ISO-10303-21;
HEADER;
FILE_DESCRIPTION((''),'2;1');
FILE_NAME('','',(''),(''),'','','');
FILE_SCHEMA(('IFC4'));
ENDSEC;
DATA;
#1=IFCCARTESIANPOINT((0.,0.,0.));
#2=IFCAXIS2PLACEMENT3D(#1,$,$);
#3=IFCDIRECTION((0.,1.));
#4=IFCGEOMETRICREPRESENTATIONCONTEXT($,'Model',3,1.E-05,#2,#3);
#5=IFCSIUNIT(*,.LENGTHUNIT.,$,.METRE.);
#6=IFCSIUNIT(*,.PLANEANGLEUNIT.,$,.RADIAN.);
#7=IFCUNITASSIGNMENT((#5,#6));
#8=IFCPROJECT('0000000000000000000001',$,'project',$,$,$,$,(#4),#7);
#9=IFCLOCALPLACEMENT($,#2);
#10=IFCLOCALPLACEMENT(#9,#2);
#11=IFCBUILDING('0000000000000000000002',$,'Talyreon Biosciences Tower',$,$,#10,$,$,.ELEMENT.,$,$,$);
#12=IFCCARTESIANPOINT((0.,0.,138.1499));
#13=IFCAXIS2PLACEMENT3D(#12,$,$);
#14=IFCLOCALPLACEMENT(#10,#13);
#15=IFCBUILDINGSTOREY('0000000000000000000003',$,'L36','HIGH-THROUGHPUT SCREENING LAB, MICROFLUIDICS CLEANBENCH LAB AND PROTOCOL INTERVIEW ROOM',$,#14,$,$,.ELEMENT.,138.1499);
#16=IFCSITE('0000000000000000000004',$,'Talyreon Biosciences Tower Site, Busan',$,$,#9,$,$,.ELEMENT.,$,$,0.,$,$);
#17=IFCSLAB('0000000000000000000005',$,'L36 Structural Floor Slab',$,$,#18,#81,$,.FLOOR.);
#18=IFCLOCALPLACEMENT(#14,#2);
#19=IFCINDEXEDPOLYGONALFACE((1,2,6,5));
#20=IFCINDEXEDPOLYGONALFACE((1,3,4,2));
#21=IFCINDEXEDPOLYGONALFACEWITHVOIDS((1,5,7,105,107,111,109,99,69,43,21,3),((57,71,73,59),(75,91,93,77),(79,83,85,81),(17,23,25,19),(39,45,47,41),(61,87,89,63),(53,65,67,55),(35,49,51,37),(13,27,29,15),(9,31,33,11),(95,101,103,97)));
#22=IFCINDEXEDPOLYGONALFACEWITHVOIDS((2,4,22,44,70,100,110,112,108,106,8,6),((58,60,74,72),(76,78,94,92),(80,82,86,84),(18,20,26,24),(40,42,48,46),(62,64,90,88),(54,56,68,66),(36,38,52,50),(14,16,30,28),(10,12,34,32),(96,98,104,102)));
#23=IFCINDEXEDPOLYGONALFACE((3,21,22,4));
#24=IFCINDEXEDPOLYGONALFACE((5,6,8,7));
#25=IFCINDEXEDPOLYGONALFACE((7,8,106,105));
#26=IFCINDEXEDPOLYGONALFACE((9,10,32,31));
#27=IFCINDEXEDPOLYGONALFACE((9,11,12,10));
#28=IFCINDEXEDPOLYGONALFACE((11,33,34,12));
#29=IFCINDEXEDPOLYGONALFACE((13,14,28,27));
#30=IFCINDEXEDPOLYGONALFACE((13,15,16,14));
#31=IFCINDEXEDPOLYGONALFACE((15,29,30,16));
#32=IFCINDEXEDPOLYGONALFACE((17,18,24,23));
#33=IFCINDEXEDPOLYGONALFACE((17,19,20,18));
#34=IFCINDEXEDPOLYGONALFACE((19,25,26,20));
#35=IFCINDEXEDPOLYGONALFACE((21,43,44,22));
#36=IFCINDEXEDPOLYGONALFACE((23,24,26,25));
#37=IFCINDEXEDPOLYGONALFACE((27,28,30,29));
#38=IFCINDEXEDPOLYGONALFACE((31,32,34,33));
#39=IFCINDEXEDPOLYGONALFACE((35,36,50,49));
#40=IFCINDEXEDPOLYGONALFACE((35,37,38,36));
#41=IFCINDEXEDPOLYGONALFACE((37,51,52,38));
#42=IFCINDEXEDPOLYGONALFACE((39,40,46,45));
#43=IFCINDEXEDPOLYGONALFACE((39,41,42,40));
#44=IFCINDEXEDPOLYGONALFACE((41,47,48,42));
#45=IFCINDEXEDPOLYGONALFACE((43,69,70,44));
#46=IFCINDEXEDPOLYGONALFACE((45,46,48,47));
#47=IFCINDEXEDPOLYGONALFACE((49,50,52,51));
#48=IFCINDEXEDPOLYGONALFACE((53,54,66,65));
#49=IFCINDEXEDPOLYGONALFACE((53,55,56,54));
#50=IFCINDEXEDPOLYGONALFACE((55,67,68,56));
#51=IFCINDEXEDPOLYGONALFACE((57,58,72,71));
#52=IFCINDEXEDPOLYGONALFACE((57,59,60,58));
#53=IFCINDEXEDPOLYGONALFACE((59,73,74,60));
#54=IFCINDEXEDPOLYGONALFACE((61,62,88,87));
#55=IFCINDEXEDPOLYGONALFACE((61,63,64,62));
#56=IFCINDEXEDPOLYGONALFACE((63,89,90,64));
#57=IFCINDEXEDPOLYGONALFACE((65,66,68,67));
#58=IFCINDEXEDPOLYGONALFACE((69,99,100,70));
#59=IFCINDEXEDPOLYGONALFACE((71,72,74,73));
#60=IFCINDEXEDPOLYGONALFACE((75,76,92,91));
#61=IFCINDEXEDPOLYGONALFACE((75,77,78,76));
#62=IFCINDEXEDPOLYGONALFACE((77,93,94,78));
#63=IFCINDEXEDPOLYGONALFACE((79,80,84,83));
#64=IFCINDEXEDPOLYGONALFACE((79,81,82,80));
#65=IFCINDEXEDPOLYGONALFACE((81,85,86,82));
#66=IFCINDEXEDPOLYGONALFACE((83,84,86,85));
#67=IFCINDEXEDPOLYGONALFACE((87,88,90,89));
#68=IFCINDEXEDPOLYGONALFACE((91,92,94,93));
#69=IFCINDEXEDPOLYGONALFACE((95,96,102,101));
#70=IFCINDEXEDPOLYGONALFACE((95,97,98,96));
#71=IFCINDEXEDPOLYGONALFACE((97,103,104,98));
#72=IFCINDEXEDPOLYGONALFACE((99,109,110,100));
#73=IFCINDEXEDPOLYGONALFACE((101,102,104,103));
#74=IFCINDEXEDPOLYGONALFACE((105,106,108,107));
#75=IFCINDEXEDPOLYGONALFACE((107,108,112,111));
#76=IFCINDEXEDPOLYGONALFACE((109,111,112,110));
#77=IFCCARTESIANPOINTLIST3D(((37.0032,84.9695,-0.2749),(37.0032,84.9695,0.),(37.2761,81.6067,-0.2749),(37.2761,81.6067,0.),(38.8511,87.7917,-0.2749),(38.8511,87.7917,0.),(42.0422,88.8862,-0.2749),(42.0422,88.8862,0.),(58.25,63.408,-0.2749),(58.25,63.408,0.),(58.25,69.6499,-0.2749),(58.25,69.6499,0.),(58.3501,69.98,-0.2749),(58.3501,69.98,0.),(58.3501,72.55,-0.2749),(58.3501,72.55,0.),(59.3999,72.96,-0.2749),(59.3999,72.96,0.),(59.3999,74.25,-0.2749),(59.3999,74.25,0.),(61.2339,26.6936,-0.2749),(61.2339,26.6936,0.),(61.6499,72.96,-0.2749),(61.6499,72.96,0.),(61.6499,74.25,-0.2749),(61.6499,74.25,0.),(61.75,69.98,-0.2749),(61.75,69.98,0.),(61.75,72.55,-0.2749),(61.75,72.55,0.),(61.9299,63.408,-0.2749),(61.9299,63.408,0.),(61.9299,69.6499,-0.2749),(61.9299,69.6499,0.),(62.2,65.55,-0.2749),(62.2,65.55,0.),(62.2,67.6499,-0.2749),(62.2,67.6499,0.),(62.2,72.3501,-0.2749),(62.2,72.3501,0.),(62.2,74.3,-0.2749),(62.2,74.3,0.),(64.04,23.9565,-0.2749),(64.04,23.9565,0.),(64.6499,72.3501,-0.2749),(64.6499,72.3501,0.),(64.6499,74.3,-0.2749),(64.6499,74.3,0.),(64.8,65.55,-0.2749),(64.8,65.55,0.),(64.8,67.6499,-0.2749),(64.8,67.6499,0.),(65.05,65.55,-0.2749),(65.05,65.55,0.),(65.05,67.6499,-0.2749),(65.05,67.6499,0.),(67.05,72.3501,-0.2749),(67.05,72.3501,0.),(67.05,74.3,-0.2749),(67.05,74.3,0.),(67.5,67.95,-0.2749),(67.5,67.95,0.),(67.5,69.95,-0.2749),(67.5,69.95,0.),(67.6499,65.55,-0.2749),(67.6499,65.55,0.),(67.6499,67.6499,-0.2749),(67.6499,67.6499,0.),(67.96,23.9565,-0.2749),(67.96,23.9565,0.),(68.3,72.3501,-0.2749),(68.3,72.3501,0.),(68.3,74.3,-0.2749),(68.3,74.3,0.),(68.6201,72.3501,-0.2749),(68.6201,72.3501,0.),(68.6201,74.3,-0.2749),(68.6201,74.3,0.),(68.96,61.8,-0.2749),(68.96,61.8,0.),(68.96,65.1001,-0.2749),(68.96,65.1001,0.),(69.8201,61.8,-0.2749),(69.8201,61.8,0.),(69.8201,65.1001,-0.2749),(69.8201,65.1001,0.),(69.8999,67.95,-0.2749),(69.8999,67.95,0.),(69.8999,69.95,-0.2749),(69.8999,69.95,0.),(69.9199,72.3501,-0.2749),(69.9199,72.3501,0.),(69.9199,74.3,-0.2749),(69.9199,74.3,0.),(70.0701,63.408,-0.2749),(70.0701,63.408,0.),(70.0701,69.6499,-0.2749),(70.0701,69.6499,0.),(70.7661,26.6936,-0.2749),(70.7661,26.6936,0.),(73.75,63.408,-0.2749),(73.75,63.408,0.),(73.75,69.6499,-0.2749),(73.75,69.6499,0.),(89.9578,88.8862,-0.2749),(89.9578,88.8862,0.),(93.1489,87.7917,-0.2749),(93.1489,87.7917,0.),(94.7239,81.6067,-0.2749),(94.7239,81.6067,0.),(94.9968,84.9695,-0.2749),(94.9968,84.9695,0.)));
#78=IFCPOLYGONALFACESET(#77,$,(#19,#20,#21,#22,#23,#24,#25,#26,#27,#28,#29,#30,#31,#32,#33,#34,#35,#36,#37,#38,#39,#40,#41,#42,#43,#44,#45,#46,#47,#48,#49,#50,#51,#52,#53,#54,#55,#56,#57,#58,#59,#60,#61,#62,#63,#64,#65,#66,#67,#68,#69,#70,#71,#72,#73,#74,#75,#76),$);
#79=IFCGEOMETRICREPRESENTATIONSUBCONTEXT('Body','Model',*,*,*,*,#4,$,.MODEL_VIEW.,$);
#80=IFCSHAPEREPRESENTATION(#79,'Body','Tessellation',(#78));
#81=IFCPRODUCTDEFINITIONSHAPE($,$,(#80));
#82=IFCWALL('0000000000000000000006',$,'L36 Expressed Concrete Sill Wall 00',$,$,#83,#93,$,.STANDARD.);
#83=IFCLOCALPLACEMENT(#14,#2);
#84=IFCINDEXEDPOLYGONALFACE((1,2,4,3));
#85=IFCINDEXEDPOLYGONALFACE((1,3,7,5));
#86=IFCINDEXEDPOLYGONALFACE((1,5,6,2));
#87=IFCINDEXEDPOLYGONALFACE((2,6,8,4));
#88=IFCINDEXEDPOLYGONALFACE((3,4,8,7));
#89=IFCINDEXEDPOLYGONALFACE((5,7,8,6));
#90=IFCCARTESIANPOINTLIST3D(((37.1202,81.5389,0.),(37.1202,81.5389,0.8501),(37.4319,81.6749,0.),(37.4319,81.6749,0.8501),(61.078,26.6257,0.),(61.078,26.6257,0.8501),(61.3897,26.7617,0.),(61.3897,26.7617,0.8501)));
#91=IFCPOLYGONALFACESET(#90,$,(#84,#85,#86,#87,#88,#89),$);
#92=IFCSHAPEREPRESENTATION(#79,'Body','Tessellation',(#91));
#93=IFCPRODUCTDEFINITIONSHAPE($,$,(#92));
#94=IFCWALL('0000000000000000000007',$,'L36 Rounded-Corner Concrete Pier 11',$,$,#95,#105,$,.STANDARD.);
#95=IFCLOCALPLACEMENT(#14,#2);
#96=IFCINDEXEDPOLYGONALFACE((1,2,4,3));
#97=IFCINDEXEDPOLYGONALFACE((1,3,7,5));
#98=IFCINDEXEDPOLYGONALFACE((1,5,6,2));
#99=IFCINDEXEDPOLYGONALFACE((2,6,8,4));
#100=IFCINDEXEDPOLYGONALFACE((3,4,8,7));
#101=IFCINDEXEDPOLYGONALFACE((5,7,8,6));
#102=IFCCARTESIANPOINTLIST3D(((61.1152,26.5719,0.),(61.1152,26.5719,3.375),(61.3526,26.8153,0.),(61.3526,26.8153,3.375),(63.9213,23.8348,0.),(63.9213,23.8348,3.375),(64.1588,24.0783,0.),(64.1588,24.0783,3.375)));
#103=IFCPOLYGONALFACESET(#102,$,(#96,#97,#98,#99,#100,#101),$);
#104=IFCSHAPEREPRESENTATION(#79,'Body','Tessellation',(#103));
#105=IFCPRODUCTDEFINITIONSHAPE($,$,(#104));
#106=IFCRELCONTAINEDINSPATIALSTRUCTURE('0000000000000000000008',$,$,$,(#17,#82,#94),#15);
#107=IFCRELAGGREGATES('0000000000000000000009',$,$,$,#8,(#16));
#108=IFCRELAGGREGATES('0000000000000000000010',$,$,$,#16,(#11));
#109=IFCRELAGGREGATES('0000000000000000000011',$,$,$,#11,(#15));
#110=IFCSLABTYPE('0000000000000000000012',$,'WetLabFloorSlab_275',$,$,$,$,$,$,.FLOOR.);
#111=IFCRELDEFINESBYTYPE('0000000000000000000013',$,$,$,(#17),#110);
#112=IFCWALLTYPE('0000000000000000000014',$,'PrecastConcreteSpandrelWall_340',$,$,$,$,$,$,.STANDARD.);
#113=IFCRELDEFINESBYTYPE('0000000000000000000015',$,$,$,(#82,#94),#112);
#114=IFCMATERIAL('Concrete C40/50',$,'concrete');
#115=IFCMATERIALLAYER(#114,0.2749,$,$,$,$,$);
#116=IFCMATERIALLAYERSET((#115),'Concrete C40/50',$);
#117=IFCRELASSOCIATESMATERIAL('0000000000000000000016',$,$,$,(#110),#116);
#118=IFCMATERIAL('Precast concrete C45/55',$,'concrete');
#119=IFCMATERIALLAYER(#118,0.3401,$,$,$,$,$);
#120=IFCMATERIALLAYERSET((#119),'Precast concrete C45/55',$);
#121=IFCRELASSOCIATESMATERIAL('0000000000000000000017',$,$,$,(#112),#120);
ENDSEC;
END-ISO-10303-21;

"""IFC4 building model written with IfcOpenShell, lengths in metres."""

from ifc_helpers import new_model, si_unit, direction, frame, frame_2d, origin, place, context, subcontext, project, spatial, polyline, rectangle, outline, extrude, material, layer, layer_set, type_object, element, save


model = new_model("IFC4")

# Units and contexts
model_context = context("Model", 3, precision=1e-05, world=origin(), true_north=direction((0.0, 1.0)))
body_context = subcontext(model_context, "Body", "Model", "MODEL_VIEW")
ifc_project = project(units=[si_unit("LENGTHUNIT", "METRE"), si_unit("PLANEANGLEUNIT", "RADIAN")], contexts=[model_context])

# Site, building, storey
site_placement = place(None, origin())
site = spatial("IfcSite", under=ifc_project, at=site_placement, Name="Talyreon Biosciences Tower Site, Busan", CompositionType="ELEMENT", RefElevation=0.0)
building_placement = place(site_placement, origin())
building = spatial("IfcBuilding", under=site, at=building_placement, Name="Talyreon Biosciences Tower", CompositionType="ELEMENT")
storey_placement = place(building_placement, frame((0.0, 0.0, 138.1499)))
storey = spatial("IfcBuildingStorey", under=building, at=storey_placement, Name="L36", Description="HIGH-THROUGHPUT SCREENING LAB, MICROFLUIDICS CLEANBENCH LAB AND PROTOCOL INTERVIEW ROOM", CompositionType="ELEMENT", Elevation=138.1499)

# Shared definitions
ifc_material_1 = material(Name="Precast concrete C45/55", Category="concrete")

# Shared definitions
ifc_material_2 = material(Name="Concrete C40/50", Category="concrete")

# Slab
ifc_layer_1 = layer(ifc_material_2, 0.2749)
ifc_layer_set_1 = layer_set([ifc_layer_1], Name="Concrete C40/50")
slab_type_1 = type_object("IfcSlabType", Name="WetLabFloorSlab_275", PredefinedType="FLOOR", material=ifc_layer_set_1)
slab_1_placement = place(storey_placement, frame((0.0, 0.0, -0.2749)))
element("IfcSlab", 1, at=slab_1_placement, inside=storey, type_object=slab_type_1, Name="L36 Structural Floor Slab", PredefinedType="FLOOR", context=body_context, shape_type="SweptSolid", body=[
    extrude(outline(polyline([(61.2339, 26.6936), (37.2761, 81.6067), (37.0032, 84.9695), (38.8511, 87.7917), (42.0422, 88.8862), (89.9578, 88.8862), (93.1489, 87.7917), (94.9968, 84.9695), (94.7239, 81.6067), (70.7661, 26.6936), (67.96, 23.9565), (64.04, 23.9565), (61.2339, 26.6936)]), holes=[polyline([(61.9299, 69.6499), (61.9299, 63.408), (58.25, 63.408), (58.25, 69.6499), (61.9299, 69.6499)]), polyline([(64.8, 67.6499), (64.8, 65.55), (62.2, 65.55), (62.2, 67.6499), (64.8, 67.6499)]), polyline([(67.6499, 67.6499), (67.6499, 65.55), (65.05, 65.55), (65.05, 67.6499), (67.6499, 67.6499)]), polyline([(61.75, 69.98), (58.3501, 69.98), (58.3501, 72.55), (61.75, 72.55), (61.75, 69.98)]), polyline([(64.6499, 72.3501), (62.2, 72.3501), (62.2, 74.3), (64.6499, 74.3), (64.6499, 72.3501)]), polyline([(61.6499, 74.25), (61.6499, 72.96), (59.3999, 72.96), (59.3999, 74.25), (61.6499, 74.25)]), polyline([(69.8201, 61.8), (68.96, 61.8), (68.96, 65.1001), (69.8201, 65.1001), (69.8201, 61.8)]), polyline([(73.75, 63.408), (70.0701, 63.408), (70.0701, 69.6499), (73.75, 69.6499), (73.75, 63.408)]), polyline([(69.8999, 69.95), (69.8999, 67.95), (67.5, 67.95), (67.5, 69.95), (69.8999, 69.95)]), polyline([(68.3, 72.3501), (67.05, 72.3501), (67.05, 74.3), (68.3, 74.3), (68.3, 72.3501)]), polyline([(69.9199, 72.3501), (68.6201, 72.3501), (68.6201, 74.3), (69.9199, 74.3), (69.9199, 72.3501)])]), origin(), (0.0, 0.0, 1.0), 0.2749),
])

# Walls
ifc_layer_2 = layer(ifc_material_1, 0.3401)
ifc_layer_set_2 = layer_set([ifc_layer_2], Name="Precast concrete C45/55")
wall_type = type_object("IfcWallType", Name="PrecastConcreteSpandrelWall_340", PredefinedType="STANDARD", material=ifc_layer_set_2)
wall_1_placement = place(storey_placement, frame((61.2339, 26.6936, 0.0), z_axis=(0.0, 0.0, 1.0), x_axis=(-0.399884, 0.916566, 0.0)))
element("IfcWall", 2, at=wall_1_placement, inside=storey, type_object=wall_type, Name="L36 Expressed Concrete Sill Wall 00", PredefinedType="STANDARD", context=body_context, shape_type="SweptSolid", body=[
    extrude(rectangle(XDim=59.9119, YDim=0.3401, at=frame_2d((29.9561, 0.0))), origin(), (0.0, 0.0, 1.0), 0.8501),
])
wall_2_placement = place(storey_placement, frame((64.04, 23.9565, 0.0), z_axis=(0.0, 0.0, 1.0), x_axis=(-0.715865, 0.698239, 0.0)))
element("IfcWall", 3, at=wall_2_placement, inside=storey, type_object=wall_type, Name="L36 Rounded-Corner Concrete Pier 11", PredefinedType="STANDARD", context=body_context, shape_type="SweptSolid", body=[
    extrude(rectangle(XDim=3.9199, YDim=0.3401, at=frame_2d((1.96, 0.0))), origin(), (0.0, 0.0, 1.0), 3.375),
])

save(model, "model.ifc")
